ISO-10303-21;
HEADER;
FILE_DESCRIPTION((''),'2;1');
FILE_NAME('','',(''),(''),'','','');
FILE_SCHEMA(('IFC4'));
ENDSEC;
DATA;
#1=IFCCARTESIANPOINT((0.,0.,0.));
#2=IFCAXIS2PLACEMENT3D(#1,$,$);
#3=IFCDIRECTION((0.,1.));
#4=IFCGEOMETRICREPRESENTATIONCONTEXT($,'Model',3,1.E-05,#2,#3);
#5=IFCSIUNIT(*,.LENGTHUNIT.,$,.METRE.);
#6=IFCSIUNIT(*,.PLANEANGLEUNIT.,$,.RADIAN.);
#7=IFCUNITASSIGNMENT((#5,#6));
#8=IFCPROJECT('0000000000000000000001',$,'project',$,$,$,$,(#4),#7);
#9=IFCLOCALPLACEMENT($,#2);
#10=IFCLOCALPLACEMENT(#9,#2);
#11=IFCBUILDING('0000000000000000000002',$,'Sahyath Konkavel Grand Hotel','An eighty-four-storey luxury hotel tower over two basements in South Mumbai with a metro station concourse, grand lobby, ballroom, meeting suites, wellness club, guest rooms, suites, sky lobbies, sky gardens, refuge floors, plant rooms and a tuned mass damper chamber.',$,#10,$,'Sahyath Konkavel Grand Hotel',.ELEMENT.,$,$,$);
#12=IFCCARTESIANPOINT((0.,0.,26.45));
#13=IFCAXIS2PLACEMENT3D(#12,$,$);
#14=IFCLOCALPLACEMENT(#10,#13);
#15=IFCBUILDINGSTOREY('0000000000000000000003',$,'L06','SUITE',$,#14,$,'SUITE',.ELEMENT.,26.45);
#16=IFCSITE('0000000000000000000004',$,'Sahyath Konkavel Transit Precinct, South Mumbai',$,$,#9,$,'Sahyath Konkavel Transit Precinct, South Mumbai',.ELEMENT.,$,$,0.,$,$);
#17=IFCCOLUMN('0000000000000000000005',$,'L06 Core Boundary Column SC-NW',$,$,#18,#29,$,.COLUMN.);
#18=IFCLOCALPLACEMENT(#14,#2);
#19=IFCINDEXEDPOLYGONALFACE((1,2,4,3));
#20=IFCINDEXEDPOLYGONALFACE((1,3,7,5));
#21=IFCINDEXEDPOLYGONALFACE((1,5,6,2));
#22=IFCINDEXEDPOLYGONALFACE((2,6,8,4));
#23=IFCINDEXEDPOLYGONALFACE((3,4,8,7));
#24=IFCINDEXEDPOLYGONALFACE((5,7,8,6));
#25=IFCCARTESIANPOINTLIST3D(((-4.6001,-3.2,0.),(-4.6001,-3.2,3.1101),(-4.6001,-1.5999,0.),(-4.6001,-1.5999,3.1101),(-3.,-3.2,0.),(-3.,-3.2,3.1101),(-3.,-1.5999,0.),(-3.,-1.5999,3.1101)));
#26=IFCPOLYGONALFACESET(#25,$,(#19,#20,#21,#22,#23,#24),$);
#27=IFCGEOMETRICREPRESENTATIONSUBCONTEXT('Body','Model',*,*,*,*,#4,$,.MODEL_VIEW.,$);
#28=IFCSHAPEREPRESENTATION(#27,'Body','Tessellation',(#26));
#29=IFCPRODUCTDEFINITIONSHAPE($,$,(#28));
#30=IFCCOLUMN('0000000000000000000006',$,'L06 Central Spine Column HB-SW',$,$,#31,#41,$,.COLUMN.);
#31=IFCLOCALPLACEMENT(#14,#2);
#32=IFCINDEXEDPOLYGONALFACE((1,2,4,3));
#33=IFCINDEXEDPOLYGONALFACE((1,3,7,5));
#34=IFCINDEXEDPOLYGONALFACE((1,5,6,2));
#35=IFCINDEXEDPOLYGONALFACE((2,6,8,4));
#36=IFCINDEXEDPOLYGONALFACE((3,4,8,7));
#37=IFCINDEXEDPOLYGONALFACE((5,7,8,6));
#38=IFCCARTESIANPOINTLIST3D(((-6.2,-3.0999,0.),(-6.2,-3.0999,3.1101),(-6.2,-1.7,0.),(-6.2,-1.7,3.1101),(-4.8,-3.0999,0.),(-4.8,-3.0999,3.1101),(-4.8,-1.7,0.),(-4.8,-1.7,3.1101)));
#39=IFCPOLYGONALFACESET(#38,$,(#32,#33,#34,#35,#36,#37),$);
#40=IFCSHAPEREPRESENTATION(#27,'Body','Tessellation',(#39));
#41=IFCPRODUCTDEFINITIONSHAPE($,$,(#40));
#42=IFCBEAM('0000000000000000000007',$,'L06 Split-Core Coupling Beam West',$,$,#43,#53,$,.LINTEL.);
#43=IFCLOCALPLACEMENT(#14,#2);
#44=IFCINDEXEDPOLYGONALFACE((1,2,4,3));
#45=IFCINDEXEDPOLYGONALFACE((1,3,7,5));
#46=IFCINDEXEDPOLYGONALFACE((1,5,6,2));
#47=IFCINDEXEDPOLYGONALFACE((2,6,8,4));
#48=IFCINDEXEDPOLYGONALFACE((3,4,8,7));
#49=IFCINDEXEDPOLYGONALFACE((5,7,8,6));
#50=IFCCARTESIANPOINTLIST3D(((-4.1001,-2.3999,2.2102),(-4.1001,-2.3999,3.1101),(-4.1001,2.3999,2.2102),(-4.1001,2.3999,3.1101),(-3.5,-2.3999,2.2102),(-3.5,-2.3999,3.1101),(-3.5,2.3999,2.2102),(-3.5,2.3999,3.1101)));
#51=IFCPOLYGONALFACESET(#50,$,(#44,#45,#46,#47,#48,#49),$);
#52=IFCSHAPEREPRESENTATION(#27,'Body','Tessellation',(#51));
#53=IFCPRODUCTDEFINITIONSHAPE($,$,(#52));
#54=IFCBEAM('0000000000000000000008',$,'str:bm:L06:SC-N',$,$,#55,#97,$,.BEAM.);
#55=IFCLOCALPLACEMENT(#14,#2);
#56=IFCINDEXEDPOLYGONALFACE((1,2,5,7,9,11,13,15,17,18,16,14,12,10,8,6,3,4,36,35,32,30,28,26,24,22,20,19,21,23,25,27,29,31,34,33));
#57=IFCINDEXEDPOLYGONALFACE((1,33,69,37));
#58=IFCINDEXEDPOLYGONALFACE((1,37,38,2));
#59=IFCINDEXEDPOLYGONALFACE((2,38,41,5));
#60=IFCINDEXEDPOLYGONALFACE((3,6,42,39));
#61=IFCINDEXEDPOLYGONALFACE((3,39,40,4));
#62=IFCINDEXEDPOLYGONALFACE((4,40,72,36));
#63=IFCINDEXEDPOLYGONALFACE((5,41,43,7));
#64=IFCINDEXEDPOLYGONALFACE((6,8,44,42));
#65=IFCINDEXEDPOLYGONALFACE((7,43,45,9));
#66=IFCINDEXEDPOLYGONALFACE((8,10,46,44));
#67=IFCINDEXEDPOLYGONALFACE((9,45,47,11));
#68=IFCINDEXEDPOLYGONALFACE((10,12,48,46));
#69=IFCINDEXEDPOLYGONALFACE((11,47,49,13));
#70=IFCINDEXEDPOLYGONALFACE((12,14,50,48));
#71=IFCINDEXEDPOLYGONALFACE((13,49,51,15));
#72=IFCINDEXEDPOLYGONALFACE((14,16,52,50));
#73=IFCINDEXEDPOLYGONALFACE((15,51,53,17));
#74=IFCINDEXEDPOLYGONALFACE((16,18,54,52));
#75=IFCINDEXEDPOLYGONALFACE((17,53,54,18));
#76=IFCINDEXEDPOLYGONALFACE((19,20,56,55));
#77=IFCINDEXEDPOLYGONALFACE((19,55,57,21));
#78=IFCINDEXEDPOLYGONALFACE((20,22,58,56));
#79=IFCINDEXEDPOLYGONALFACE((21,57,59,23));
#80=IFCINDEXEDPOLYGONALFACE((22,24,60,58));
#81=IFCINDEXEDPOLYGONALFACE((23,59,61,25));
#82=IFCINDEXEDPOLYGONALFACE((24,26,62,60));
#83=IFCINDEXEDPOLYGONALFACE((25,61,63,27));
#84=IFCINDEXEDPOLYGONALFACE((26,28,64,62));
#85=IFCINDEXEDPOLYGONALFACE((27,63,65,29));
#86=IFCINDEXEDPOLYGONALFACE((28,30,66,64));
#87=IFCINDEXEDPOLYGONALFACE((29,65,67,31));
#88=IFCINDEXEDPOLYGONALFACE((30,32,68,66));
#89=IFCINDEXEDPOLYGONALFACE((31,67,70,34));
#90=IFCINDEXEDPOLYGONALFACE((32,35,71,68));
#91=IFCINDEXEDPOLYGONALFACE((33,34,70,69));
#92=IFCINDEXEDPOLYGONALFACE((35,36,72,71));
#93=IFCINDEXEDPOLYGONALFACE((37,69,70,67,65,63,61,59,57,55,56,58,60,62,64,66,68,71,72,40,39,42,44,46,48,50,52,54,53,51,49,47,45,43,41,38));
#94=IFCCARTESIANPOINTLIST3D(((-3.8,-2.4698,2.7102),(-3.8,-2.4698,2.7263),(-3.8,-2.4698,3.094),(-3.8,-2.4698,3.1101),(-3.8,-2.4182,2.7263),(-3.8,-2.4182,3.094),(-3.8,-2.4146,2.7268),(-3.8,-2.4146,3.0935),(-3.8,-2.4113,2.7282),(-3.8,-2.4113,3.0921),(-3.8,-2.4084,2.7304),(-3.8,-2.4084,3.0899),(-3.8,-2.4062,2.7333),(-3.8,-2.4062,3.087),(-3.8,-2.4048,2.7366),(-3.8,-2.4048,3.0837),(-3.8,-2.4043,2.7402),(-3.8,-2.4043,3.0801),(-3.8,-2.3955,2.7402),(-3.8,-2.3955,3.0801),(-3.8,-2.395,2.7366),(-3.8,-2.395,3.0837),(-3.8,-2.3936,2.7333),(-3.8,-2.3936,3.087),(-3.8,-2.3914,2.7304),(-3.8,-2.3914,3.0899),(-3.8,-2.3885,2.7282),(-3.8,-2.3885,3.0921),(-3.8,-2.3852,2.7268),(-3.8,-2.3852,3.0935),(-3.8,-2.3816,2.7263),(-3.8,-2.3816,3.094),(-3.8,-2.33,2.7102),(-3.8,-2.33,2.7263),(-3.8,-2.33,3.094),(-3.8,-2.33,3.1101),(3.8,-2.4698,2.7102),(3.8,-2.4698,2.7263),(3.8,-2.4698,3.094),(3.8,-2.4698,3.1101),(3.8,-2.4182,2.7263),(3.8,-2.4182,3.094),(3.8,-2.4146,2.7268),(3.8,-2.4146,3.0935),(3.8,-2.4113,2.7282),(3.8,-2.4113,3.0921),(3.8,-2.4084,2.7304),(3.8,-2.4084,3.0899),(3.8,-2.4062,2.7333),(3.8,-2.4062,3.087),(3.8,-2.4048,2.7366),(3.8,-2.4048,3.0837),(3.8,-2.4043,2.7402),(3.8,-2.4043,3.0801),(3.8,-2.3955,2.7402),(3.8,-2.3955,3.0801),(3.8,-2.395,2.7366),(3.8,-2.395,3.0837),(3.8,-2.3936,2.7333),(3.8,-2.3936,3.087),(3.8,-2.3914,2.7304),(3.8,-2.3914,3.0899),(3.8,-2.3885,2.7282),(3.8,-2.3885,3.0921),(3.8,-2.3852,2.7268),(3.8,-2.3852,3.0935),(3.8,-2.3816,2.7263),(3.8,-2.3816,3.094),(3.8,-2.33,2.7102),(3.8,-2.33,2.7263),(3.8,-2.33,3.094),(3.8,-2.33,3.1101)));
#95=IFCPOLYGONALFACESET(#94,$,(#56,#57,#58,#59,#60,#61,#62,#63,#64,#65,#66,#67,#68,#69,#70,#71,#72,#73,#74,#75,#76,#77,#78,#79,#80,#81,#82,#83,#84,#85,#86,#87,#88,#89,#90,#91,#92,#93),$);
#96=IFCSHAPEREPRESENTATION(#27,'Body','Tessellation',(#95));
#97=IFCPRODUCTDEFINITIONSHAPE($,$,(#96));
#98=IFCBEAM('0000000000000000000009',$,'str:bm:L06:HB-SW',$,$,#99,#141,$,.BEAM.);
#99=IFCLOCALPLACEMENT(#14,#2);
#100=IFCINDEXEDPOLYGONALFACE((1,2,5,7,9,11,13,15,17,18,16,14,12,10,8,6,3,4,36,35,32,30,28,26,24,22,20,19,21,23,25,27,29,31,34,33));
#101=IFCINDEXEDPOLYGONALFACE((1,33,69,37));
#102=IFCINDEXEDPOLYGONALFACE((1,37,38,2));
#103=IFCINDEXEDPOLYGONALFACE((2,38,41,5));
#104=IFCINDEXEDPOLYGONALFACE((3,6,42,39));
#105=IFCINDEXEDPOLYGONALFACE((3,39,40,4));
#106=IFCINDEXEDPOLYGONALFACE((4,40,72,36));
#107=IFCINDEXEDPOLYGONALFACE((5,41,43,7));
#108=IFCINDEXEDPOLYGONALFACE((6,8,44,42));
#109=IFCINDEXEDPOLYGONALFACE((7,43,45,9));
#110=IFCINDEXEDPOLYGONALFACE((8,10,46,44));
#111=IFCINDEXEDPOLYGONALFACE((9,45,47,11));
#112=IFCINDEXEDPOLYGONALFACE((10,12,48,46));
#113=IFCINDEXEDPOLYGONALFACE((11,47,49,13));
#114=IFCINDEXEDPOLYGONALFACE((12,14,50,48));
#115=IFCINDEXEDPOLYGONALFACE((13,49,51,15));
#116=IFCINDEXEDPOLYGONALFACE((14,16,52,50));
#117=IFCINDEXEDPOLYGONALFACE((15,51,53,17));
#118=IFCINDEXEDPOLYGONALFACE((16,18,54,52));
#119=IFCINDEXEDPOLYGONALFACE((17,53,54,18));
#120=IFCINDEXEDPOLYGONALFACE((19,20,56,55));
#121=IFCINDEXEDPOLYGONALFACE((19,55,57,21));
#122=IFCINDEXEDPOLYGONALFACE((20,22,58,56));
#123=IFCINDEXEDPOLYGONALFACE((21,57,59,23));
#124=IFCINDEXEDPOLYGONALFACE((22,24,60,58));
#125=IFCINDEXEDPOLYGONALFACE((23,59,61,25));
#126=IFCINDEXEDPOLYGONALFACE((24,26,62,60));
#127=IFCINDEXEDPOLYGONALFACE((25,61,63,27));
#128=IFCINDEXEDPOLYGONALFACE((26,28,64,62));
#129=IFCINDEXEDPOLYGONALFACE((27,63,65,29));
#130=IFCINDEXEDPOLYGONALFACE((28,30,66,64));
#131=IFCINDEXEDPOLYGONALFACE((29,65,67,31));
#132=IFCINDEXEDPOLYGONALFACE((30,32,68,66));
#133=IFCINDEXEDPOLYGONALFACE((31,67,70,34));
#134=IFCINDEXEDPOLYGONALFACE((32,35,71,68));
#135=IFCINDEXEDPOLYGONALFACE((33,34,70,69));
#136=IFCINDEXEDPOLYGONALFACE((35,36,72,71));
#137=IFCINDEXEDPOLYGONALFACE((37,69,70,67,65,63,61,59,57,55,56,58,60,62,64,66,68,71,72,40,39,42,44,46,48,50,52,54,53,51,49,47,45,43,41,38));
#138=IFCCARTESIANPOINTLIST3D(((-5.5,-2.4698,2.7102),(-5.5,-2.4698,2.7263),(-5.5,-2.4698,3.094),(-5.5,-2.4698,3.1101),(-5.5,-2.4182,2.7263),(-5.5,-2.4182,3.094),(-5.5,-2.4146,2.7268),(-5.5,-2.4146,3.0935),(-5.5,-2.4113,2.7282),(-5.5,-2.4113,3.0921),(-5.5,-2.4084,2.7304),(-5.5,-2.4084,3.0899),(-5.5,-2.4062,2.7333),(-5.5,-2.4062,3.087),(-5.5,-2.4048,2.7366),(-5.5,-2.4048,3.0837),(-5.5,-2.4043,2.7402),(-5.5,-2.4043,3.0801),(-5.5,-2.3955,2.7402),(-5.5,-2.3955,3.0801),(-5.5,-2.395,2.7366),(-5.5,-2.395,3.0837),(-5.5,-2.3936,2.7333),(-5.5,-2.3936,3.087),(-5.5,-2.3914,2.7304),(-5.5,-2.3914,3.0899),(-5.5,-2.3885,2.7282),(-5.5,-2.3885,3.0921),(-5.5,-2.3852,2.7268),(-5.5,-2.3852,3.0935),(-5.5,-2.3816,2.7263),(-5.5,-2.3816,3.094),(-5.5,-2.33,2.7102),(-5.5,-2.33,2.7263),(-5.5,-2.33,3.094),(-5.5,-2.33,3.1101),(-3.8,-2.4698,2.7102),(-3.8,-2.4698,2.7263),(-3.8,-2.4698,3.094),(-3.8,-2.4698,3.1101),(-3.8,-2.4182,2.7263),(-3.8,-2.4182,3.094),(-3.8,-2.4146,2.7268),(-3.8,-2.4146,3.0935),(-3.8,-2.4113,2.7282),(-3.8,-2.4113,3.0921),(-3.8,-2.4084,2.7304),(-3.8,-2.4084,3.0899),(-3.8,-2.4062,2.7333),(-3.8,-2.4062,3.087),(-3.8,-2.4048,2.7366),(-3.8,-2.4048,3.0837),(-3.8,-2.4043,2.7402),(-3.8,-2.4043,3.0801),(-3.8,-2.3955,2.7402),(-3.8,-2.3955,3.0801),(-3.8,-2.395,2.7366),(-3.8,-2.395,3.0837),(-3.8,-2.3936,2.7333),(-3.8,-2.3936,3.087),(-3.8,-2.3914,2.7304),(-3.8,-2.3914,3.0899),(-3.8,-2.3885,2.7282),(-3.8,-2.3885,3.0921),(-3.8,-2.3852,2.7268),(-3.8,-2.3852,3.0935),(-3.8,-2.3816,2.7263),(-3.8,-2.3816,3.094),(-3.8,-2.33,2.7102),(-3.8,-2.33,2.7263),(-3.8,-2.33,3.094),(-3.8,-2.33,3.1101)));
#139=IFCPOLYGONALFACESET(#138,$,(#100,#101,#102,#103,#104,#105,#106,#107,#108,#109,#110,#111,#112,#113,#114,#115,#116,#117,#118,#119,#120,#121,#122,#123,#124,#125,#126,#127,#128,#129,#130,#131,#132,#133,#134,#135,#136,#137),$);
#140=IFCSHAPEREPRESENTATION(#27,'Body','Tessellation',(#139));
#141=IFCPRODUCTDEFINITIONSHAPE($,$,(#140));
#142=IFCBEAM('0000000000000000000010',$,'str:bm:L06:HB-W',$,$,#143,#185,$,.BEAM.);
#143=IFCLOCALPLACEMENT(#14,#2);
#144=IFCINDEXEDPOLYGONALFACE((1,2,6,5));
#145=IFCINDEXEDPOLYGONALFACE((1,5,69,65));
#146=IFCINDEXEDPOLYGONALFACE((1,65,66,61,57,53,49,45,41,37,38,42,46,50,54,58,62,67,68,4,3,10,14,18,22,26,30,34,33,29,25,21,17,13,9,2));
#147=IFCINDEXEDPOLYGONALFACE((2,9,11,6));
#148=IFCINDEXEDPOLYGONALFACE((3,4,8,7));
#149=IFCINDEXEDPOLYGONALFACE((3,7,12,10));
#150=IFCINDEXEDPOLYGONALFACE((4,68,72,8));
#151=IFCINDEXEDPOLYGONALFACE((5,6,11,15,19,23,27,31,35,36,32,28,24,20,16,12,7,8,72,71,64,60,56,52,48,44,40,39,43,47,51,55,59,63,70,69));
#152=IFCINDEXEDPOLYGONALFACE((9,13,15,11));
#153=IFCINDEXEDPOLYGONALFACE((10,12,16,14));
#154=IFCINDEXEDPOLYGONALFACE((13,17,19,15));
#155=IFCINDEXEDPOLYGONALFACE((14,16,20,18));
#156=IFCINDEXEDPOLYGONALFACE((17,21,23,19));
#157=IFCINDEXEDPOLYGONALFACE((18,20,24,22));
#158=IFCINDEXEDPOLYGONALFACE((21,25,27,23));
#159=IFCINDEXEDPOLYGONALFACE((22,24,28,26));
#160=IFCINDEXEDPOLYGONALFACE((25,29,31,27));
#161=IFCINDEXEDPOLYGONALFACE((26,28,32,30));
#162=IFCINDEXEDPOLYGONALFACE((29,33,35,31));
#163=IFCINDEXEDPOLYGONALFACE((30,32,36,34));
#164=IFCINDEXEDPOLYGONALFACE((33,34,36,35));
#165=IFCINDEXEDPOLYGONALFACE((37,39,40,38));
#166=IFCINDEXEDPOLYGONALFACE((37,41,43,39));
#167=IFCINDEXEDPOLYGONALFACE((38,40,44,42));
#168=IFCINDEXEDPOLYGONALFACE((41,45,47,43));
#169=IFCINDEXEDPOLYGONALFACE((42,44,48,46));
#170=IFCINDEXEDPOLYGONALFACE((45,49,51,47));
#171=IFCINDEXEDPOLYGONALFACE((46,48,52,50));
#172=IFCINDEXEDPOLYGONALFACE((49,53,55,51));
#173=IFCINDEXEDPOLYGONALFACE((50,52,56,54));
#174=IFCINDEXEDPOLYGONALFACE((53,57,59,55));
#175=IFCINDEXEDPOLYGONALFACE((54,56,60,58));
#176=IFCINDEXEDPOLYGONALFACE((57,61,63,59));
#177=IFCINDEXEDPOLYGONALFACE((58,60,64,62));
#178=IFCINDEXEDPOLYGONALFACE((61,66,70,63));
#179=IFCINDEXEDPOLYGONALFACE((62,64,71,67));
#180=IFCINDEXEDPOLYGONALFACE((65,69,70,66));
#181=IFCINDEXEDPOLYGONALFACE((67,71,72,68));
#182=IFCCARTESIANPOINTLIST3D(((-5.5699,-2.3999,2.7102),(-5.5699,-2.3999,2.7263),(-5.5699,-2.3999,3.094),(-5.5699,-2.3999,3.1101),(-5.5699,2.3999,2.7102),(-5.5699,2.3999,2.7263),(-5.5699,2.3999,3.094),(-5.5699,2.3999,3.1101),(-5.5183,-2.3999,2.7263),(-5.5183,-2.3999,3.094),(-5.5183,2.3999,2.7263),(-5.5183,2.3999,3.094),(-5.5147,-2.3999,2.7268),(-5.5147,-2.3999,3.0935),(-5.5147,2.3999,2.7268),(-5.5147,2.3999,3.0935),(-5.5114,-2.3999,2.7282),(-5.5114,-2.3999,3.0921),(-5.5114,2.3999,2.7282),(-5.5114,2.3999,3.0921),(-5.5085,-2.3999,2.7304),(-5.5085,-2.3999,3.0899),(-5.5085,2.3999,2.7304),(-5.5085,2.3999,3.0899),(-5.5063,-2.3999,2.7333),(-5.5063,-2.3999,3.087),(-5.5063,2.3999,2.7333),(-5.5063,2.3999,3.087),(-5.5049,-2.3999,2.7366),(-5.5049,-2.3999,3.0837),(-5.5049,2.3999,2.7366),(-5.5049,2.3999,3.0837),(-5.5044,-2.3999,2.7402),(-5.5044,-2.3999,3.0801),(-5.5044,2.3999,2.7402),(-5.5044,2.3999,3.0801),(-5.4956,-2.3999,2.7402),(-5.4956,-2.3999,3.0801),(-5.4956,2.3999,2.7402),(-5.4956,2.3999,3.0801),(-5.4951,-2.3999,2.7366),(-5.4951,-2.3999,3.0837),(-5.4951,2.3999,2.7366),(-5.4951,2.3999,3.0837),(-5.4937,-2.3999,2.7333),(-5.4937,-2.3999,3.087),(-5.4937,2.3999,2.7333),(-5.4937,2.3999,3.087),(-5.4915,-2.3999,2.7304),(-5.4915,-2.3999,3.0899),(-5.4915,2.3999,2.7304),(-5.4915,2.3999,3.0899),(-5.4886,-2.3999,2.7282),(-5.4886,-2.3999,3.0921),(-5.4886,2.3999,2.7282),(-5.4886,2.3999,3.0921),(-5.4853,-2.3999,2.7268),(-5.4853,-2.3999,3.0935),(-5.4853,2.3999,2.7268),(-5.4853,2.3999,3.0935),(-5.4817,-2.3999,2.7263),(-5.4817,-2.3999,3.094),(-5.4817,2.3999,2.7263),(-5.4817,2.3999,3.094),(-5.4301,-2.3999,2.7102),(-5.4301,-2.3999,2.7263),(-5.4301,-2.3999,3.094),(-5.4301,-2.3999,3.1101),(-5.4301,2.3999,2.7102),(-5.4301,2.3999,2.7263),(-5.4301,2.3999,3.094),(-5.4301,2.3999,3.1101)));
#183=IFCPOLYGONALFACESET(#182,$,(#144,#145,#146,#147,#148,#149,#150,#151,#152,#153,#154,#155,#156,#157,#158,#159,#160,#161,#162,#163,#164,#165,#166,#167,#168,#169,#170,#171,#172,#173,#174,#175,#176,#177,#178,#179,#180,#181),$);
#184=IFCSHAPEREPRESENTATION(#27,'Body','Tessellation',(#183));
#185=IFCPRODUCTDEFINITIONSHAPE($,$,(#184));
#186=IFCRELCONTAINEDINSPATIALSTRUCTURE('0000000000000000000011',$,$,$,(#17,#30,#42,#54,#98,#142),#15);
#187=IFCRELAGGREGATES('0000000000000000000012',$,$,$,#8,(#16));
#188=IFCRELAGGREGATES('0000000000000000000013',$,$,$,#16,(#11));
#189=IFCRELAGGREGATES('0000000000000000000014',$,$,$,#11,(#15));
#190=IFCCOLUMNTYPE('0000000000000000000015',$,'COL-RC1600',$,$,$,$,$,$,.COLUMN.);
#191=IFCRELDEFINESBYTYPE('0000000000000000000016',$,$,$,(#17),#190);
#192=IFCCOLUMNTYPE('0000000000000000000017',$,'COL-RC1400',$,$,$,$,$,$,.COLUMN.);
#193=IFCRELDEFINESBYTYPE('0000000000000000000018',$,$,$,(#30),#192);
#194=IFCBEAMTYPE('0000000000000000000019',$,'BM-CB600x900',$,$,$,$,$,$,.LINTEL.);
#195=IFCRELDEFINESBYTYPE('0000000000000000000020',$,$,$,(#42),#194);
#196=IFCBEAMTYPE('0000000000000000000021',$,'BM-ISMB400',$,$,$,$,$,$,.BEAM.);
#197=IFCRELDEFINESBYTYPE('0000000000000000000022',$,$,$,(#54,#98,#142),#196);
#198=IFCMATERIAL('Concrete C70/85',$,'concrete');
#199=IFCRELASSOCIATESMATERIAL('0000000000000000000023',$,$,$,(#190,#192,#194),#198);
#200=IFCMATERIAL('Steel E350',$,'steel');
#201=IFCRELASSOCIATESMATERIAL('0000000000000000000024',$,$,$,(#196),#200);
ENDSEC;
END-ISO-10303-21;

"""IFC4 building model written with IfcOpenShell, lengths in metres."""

from ifc_helpers import new_model, si_unit, direction, frame, origin, origin_2d, place, context, subcontext, project, spatial, rectangle, i_section, extrude, source, transform, mapped, material, material_profile, profile_set, type_object, element, save


model = new_model("IFC4")

# Units and contexts
model_context = context("Model", 3, precision=1e-05, world=origin(), true_north=direction((0.0, 1.0)))
body_context = subcontext(model_context, "Body", "Model", "MODEL_VIEW")
ifc_project = project(units=[si_unit("LENGTHUNIT", "METRE"), si_unit("PLANEANGLEUNIT", "RADIAN")], contexts=[model_context])

# Site, building, storey
site_placement = place(None, origin())
site = spatial("IfcSite", under=ifc_project, at=site_placement, Name="Sahyath Konkavel Transit Precinct, South Mumbai", LongName="Sahyath Konkavel Transit Precinct, South Mumbai", CompositionType="ELEMENT", RefElevation=0.0)
building_placement = place(site_placement, origin())
building = spatial("IfcBuilding", under=site, at=building_placement, Name="Sahyath Konkavel Grand Hotel", Description="An eighty-four-storey luxury hotel tower over two basements in South Mumbai with a metro station concourse, grand lobby, ballroom, meeting suites, wellness club, guest rooms, suites, sky lobbies, sky gardens, refuge floors, plant rooms and a tuned mass damper chamber.", LongName="Sahyath Konkavel Grand Hotel", CompositionType="ELEMENT")
storey_placement = place(building_placement, frame((0.0, 0.0, 26.45)))
storey = spatial("IfcBuildingStorey", under=building, at=storey_placement, Name="L06", Description="SUITE", LongName="SUITE", CompositionType="ELEMENT", Elevation=26.45)

# Columns
ifc_material_1 = material(Name="Concrete C70/85", Category="concrete")
ifc_material_profile_1 = material_profile(ifc_material_1, rectangle(XDim=1.6001, YDim=1.6001, at=origin_2d()), Name="RC 1600x1600")
ifc_profile_set_1 = profile_set([ifc_material_profile_1], Name="Concrete C70/85")
column_type_1 = type_object("IfcColumnType", Name="COL-RC1600", PredefinedType="COLUMN", material=ifc_profile_set_1)
shared_shape_1 = source(origin(), body_context, "Body", "SweptSolid", [
    extrude(rectangle(XDim=1.6001, YDim=1.6001, at=origin_2d()), origin(), (0.0, 0.0, 1.0), 3.1101),
])
column_1_placement = place(storey_placement, frame((-3.8, -2.3999, 0.0), z_axis=(0.0, 0.0, 1.0), x_axis=(1.0, 0.0, 0.0)))
element("IfcColumn", 1, at=column_1_placement, inside=storey, type_object=column_type_1, Name="L06 Core Boundary Column SC-NW", PredefinedType="COLUMN", context=body_context, shape_type="MappedRepresentation", body=[
    mapped(shared_shape_1, transform((0.0, 0.0, 0.0), scale=1.0)),
])
ifc_material_profile_2 = material_profile(ifc_material_1, rectangle(XDim=1.3999, YDim=1.3999, at=origin_2d()), Name="RC 1400x1400")
ifc_profile_set_2 = profile_set([ifc_material_profile_2], Name="Concrete C70/85")
column_type_2 = type_object("IfcColumnType", Name="COL-RC1400", PredefinedType="COLUMN", material=ifc_profile_set_2)
shared_shape_2 = source(origin(), body_context, "Body", "SweptSolid", [
    extrude(rectangle(XDim=1.3999, YDim=1.3999, at=origin_2d()), origin(), (0.0, 0.0, 1.0), 3.1101),
])
column_2_placement = place(storey_placement, frame((-5.5, -2.3999, 0.0), z_axis=(0.0, 0.0, 1.0), x_axis=(1.0, 0.0, 0.0)))
element("IfcColumn", 2, at=column_2_placement, inside=storey, type_object=column_type_2, Name="L06 Central Spine Column HB-SW", PredefinedType="COLUMN", context=body_context, shape_type="MappedRepresentation", body=[
    mapped(shared_shape_2, transform((0.0, 0.0, 0.0), scale=1.0)),
])

# Beams
ifc_material_profile_3 = material_profile(ifc_material_1, rectangle(XDim=0.6001, YDim=0.8999, at=origin_2d()), Name="RC 600x900")
ifc_profile_set_3 = profile_set([ifc_material_profile_3], Name="Concrete C70/85")
beam_type_1 = type_object("IfcBeamType", Name="BM-CB600x900", PredefinedType="LINTEL", material=ifc_profile_set_3)
shared_shape_3 = source(origin(), body_context, "Body", "SweptSolid", [
    extrude(rectangle(XDim=0.6001, YDim=0.8999, at=origin_2d()), origin(), (0.0, 0.0, 1.0), 4.7998),
])
beam_1_placement = place(storey_placement, frame((-3.8, -2.3999, 2.6602), z_axis=(0.0, 1.0, 0.0), x_axis=(-1.0, 0.0, 0.0)))
element("IfcBeam", 3, at=beam_1_placement, inside=storey, type_object=beam_type_1, Name="L06 Split-Core Coupling Beam West", PredefinedType="LINTEL", context=body_context, shape_type="MappedRepresentation", body=[
    mapped(shared_shape_3, transform((0.0, 0.0, 0.0), scale=1.0)),
])
ifc_material_2 = material(Name="Steel E350", Category="steel")
ifc_material_profile_4 = material_profile(ifc_material_2, i_section(OverallWidth=0.1399, OverallDepth=0.3999, WebThickness=0.0088, FlangeThickness=0.0161, FilletRadius=0.0139, at=origin_2d()), Name="ISMB 400")
ifc_profile_set_4 = profile_set([ifc_material_profile_4], Name="Steel E350")
beam_type_2 = type_object("IfcBeamType", Name="BM-ISMB400", PredefinedType="BEAM", material=ifc_profile_set_4)
shared_shape_4 = source(origin(), body_context, "Body", "SweptSolid", [
    extrude(i_section(OverallWidth=0.1399, OverallDepth=0.3999, WebThickness=0.0088, FlangeThickness=0.0161, FilletRadius=0.0139, at=origin_2d()), origin(), (0.0, 0.0, 1.0), 7.6001),
])
beam_2_placement = place(storey_placement, frame((-3.8, -2.3999, 2.9102), z_axis=(1.0, 0.0, 0.0), x_axis=(0.0, 1.0, 0.0)))
element("IfcBeam", 4, at=beam_2_placement, inside=storey, type_object=beam_type_2, Name="str:bm:L06:SC-N", PredefinedType="BEAM", context=body_context, shape_type="MappedRepresentation", body=[
    mapped(shared_shape_4, transform((0.0, 0.0, 0.0), scale=1.0)),
])
shared_shape_5 = source(origin(), body_context, "Body", "SweptSolid", [
    extrude(i_section(OverallWidth=0.1399, OverallDepth=0.3999, WebThickness=0.0088, FlangeThickness=0.0161, FilletRadius=0.0139, at=origin_2d()), origin(), (0.0, 0.0, 1.0), 1.7),
])
beam_3_placement = place(storey_placement, frame((-5.5, -2.3999, 2.9102), z_axis=(1.0, 0.0, 0.0), x_axis=(0.0, 1.0, 0.0)))
element("IfcBeam", 5, at=beam_3_placement, inside=storey, type_object=beam_type_2, Name="str:bm:L06:HB-SW", PredefinedType="BEAM", context=body_context, shape_type="MappedRepresentation", body=[
    mapped(shared_shape_5, transform((0.0, 0.0, 0.0), scale=1.0)),
])
shared_shape_6 = source(origin(), body_context, "Body", "SweptSolid", [
    extrude(i_section(OverallWidth=0.1399, OverallDepth=0.3999, WebThickness=0.0088, FlangeThickness=0.0161, FilletRadius=0.0139, at=origin_2d()), origin(), (0.0, 0.0, 1.0), 4.7998),
])
beam_4_placement = place(storey_placement, frame((-5.5, -2.3999, 2.9102), z_axis=(0.0, 1.0, 0.0), x_axis=(-1.0, 0.0, 0.0)))
element("IfcBeam", 6, at=beam_4_placement, inside=storey, type_object=beam_type_2, Name="str:bm:L06:HB-W", PredefinedType="BEAM", context=body_context, shape_type="MappedRepresentation", body=[
    mapped(shared_shape_6, transform((0.0, 0.0, 0.0), scale=1.0)),
])

save(model, "model.ifc")
